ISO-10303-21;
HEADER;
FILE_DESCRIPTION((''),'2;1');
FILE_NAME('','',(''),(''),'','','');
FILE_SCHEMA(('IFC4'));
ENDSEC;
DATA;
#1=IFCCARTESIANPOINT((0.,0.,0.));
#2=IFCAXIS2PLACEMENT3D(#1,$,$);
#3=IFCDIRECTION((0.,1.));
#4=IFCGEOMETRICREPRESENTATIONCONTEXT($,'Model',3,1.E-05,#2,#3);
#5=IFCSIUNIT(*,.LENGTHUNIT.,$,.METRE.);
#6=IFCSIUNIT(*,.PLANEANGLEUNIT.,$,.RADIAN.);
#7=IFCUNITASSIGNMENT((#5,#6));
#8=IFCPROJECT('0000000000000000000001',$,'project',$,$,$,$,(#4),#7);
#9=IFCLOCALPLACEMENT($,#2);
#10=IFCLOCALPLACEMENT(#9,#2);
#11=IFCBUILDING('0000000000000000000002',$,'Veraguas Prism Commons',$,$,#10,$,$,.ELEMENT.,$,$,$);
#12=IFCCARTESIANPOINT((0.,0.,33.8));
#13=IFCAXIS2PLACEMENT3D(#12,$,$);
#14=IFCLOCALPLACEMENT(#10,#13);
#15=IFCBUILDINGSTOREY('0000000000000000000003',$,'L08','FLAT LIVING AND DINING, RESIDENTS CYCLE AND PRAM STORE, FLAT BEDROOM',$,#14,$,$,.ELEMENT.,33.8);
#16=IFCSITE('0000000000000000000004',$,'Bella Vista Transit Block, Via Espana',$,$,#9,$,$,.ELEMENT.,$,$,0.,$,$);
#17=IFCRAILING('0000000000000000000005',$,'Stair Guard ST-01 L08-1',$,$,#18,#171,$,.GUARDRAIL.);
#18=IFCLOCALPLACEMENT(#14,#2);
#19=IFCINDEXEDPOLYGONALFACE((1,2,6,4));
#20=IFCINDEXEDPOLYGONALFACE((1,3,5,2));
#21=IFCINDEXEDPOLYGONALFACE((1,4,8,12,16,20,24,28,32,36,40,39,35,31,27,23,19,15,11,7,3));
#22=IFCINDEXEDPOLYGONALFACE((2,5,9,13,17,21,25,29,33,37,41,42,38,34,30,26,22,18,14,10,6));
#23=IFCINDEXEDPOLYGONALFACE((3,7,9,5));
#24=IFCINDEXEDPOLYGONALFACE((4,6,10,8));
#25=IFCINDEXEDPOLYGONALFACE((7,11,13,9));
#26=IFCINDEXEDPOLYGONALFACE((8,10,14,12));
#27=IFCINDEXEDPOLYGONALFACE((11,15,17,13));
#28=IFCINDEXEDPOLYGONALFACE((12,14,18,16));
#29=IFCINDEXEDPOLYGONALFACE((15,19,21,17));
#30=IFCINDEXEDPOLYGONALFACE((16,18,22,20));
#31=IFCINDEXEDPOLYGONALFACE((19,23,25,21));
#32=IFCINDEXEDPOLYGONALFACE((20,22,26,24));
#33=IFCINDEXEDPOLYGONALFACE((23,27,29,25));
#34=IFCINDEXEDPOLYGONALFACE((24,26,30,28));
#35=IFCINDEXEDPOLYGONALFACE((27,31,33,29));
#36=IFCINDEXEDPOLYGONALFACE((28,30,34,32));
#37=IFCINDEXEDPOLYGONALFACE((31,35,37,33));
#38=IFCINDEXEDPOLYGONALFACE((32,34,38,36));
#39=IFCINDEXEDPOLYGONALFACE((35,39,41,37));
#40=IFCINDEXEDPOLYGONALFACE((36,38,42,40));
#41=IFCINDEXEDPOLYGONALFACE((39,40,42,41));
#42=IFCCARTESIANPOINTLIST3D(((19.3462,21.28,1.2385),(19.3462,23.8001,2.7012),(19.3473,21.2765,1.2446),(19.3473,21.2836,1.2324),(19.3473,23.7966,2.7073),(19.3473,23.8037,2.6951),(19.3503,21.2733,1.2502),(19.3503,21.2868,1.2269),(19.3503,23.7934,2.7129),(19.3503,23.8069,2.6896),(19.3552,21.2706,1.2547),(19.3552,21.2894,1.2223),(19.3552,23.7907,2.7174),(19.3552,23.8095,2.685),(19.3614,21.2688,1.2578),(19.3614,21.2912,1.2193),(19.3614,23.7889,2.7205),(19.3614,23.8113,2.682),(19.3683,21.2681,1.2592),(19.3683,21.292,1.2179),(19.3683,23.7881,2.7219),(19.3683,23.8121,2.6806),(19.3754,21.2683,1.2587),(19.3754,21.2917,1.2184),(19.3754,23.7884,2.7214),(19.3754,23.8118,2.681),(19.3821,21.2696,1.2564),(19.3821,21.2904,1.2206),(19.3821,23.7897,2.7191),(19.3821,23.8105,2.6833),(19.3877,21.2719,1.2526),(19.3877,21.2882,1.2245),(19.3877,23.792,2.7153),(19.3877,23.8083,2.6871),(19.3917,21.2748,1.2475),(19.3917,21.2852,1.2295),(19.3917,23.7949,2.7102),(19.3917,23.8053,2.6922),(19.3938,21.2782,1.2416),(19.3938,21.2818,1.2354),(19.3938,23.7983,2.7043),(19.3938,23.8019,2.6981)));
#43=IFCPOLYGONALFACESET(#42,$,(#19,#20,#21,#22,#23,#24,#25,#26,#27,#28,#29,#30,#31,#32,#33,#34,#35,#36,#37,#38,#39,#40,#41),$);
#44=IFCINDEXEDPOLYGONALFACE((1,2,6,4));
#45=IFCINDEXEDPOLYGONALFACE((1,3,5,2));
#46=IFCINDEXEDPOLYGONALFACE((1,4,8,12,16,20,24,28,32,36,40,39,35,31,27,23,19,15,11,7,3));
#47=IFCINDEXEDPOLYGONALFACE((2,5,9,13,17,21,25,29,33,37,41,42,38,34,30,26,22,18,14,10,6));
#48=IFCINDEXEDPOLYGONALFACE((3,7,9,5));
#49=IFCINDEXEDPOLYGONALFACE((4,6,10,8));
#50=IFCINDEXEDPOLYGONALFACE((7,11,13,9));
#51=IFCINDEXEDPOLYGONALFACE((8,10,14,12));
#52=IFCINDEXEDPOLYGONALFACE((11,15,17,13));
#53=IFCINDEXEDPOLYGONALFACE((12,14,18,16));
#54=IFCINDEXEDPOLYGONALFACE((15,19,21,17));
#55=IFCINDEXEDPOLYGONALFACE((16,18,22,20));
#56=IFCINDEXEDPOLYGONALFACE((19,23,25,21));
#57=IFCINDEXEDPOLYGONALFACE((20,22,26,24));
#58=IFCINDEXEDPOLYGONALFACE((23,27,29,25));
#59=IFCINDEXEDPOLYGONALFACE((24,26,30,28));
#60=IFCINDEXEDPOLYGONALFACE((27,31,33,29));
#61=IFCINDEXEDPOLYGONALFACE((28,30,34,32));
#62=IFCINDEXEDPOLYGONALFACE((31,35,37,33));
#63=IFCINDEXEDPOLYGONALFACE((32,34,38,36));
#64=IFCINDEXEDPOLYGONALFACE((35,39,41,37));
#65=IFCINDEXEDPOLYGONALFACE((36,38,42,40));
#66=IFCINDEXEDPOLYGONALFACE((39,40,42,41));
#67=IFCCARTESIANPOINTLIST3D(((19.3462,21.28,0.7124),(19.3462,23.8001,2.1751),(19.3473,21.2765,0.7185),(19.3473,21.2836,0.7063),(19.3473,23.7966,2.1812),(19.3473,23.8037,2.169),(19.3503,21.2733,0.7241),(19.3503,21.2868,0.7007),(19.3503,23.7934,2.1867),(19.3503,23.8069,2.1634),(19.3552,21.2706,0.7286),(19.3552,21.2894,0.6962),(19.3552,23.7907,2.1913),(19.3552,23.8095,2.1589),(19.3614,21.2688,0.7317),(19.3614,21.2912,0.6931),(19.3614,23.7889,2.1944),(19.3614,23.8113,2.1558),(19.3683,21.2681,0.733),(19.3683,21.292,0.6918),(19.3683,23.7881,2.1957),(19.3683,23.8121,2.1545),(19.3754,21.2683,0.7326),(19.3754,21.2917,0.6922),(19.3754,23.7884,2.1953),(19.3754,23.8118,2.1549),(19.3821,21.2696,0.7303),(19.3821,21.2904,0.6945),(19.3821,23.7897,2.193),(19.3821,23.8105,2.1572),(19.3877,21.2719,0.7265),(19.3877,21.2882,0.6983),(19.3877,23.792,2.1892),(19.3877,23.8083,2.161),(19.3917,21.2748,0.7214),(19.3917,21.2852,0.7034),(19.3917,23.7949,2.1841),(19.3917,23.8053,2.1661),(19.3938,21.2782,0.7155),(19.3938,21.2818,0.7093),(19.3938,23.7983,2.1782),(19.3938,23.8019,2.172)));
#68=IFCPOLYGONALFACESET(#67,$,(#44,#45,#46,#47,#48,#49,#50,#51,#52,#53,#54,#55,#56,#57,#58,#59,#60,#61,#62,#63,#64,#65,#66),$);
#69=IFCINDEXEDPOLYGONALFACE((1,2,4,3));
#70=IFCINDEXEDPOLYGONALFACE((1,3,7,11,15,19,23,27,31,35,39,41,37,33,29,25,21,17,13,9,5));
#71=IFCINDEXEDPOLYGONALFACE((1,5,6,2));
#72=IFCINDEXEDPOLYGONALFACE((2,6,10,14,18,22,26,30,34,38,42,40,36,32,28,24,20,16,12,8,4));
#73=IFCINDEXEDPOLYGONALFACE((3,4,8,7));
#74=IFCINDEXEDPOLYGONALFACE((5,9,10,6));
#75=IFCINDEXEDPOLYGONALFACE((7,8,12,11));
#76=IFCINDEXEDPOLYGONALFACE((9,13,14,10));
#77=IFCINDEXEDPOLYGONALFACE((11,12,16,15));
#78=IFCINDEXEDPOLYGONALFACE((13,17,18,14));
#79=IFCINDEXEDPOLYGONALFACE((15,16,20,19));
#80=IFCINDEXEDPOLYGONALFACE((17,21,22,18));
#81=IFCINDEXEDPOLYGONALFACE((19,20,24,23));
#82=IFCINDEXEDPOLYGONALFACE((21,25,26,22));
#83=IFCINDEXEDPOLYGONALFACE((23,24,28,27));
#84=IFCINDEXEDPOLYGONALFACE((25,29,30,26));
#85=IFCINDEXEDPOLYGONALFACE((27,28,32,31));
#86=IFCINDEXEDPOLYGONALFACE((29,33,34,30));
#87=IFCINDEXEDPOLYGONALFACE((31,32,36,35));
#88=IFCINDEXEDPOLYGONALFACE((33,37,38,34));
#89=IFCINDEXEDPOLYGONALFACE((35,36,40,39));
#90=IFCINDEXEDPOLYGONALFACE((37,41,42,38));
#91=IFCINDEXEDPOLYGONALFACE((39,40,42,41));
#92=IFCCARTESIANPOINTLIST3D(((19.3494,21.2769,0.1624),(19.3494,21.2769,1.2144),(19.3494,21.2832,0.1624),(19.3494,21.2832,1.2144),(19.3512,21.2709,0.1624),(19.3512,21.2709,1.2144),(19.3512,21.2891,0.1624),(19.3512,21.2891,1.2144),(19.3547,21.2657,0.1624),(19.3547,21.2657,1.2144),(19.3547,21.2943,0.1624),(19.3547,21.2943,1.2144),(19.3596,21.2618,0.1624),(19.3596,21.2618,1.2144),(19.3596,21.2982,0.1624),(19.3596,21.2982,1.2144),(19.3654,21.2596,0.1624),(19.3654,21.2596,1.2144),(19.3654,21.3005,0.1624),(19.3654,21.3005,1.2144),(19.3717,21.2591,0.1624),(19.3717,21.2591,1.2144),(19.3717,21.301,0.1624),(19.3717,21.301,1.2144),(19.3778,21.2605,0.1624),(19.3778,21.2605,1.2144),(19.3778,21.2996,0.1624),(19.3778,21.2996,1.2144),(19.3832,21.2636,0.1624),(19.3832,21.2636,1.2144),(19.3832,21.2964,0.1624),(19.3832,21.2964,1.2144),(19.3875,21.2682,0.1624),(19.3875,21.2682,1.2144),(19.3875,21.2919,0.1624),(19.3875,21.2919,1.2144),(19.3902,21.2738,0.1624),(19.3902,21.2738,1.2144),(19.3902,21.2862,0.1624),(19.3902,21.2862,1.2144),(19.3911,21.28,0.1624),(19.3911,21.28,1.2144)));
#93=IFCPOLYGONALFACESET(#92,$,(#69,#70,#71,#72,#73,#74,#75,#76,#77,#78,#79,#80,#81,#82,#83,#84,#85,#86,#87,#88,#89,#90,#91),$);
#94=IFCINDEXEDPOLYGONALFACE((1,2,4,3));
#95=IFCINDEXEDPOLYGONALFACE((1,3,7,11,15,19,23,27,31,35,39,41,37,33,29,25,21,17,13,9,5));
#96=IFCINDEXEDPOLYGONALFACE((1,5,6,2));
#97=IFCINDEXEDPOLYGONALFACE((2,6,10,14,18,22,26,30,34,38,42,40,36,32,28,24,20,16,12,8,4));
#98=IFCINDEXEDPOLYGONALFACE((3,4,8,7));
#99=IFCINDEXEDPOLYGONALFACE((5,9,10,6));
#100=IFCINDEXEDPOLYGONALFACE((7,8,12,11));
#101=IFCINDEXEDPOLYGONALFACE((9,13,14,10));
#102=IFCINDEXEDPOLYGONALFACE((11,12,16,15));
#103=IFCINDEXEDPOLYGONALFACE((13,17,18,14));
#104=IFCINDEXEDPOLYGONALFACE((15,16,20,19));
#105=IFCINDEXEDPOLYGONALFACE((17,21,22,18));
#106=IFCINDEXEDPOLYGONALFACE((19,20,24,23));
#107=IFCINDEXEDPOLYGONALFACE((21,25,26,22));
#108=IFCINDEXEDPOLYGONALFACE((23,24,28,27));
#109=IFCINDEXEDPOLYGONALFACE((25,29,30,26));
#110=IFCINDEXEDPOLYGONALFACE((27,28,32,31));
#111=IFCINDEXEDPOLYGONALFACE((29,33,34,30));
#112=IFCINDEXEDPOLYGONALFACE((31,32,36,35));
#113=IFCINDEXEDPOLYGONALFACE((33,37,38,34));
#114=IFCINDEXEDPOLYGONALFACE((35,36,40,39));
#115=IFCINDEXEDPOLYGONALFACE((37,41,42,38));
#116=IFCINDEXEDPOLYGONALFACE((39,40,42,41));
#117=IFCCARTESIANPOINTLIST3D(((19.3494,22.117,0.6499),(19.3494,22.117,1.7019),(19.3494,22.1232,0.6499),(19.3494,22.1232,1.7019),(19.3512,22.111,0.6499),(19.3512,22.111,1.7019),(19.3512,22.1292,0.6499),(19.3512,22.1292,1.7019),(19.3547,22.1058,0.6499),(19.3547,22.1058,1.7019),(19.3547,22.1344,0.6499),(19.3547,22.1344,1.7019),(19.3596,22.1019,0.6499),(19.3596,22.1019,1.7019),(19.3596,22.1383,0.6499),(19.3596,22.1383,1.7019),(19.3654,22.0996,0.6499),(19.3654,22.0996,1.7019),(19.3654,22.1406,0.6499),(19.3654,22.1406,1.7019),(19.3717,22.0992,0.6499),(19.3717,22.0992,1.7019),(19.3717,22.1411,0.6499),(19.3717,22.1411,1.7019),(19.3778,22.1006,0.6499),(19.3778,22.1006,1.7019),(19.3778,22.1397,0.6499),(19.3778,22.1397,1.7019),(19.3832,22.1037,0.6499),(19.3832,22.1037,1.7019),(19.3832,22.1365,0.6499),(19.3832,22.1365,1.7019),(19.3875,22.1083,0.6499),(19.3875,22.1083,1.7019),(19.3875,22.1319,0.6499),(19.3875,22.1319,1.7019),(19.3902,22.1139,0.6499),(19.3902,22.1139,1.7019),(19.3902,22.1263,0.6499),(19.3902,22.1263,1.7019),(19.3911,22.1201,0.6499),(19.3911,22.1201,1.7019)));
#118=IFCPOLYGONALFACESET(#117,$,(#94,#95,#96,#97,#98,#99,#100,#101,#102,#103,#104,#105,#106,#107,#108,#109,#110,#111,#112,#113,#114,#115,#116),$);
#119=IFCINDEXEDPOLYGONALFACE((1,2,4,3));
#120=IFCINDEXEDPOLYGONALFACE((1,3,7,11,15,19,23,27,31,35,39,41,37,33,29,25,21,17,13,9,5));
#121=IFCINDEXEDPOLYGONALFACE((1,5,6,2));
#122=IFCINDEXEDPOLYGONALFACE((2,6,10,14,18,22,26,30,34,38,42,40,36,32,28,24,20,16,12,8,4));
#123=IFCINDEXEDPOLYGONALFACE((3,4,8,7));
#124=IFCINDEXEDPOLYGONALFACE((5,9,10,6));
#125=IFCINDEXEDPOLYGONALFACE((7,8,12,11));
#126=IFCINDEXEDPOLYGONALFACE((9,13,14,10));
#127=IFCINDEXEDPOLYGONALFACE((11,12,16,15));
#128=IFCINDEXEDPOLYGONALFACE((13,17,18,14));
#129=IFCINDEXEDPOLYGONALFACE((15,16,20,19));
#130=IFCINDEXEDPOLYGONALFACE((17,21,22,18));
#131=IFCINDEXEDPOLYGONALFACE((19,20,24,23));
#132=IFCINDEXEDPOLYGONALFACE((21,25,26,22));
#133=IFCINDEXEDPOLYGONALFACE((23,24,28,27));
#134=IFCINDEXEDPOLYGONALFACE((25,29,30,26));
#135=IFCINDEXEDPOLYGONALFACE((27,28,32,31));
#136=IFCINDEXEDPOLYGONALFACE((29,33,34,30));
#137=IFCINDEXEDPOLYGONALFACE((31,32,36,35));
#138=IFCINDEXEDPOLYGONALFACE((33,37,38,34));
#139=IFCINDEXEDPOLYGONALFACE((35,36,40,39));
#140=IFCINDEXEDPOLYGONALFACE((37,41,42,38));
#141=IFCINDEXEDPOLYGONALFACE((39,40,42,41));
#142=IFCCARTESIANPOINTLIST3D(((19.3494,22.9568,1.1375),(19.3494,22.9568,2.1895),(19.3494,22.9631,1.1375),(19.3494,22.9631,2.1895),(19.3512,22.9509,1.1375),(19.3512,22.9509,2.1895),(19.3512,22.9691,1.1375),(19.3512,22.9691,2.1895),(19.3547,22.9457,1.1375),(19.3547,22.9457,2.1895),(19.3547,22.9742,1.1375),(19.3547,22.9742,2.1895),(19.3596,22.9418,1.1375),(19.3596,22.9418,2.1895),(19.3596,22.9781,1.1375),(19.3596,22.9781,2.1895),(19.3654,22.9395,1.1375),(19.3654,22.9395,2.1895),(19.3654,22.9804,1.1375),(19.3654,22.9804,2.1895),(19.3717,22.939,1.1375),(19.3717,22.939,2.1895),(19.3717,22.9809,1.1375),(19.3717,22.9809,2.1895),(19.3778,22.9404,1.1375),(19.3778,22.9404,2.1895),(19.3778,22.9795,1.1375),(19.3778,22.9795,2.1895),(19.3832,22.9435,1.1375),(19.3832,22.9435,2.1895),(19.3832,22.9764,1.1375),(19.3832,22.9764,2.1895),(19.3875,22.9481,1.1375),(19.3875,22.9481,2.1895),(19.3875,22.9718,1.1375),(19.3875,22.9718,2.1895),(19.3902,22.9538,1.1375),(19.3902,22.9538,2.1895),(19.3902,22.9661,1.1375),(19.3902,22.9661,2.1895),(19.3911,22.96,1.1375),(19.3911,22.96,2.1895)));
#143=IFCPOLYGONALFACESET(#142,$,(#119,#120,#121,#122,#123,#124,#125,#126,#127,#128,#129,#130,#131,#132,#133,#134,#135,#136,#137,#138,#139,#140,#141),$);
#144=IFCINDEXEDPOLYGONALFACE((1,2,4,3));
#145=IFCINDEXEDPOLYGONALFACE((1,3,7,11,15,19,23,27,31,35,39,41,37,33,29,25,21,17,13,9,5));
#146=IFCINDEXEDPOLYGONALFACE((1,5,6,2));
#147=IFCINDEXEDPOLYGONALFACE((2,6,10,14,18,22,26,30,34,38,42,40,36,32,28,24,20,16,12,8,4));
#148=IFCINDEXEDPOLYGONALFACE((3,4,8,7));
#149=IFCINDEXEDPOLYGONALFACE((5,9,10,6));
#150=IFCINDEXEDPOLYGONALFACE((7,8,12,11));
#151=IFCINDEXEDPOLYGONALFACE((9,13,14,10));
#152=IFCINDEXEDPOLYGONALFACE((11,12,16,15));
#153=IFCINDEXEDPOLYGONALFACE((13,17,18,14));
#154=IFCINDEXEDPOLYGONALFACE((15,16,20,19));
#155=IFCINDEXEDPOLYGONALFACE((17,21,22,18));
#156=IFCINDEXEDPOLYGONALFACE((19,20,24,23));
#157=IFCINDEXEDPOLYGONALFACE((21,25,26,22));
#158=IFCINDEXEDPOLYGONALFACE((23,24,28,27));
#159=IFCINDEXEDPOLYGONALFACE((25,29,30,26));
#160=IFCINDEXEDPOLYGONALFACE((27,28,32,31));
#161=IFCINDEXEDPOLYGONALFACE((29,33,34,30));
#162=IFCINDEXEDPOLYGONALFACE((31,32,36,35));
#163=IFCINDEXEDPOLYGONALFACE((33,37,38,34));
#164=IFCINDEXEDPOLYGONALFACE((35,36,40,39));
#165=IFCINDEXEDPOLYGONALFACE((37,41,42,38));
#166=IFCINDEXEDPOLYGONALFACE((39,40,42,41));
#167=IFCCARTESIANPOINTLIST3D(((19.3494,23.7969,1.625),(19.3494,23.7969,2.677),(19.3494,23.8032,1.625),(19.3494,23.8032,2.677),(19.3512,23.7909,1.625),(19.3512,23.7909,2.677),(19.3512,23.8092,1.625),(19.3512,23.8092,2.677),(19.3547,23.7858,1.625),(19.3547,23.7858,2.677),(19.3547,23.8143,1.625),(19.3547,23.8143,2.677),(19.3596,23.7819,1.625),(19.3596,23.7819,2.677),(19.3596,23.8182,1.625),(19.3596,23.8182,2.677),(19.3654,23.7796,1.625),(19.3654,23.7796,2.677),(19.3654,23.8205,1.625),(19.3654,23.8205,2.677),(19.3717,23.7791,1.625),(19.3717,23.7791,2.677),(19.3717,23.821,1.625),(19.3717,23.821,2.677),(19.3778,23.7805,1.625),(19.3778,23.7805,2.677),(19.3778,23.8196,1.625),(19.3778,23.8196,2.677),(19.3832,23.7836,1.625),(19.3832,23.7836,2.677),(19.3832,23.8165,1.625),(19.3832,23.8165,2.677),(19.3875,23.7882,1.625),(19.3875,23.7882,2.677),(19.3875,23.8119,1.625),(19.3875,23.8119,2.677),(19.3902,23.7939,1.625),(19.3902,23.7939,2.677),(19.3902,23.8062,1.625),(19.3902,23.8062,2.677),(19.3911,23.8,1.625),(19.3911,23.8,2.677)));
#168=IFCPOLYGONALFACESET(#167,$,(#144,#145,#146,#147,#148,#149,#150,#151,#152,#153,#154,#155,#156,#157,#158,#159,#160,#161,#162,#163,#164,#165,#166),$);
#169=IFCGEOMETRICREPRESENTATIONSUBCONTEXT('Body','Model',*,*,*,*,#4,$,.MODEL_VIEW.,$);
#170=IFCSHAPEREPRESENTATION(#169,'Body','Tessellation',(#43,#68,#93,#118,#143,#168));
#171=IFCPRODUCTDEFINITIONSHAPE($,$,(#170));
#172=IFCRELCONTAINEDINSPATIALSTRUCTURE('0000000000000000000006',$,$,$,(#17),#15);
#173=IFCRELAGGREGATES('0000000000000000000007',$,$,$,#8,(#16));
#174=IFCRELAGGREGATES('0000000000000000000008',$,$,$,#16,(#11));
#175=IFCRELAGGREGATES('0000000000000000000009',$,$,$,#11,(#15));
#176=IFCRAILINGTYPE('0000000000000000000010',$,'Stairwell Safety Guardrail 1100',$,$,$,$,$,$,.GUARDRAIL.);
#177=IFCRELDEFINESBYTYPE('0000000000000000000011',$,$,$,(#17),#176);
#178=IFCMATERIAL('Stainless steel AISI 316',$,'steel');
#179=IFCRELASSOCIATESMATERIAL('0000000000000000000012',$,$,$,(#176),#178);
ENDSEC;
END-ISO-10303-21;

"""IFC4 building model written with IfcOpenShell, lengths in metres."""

from ifc_helpers import new_model, si_unit, direction, frame, origin, origin_2d, place, context, subcontext, project, spatial, circle, extrude, material, type_object, element, save


model = new_model("IFC4")

# Units and contexts
model_context = context("Model", 3, precision=1e-05, world=origin(), true_north=direction((0.0, 1.0)))
body_context = subcontext(model_context, "Body", "Model", "MODEL_VIEW")
ifc_project = project(units=[si_unit("LENGTHUNIT", "METRE"), si_unit("PLANEANGLEUNIT", "RADIAN")], contexts=[model_context])

# Site, building, storey
site_placement = place(None, origin())
site = spatial("IfcSite", under=ifc_project, at=site_placement, Name="Bella Vista Transit Block, Via Espana", CompositionType="ELEMENT", RefElevation=0.0)
building_placement = place(site_placement, origin())
building = spatial("IfcBuilding", under=site, at=building_placement, Name="Veraguas Prism Commons", CompositionType="ELEMENT")
storey_placement = place(building_placement, frame((0.0, 0.0, 33.8)))
storey = spatial("IfcBuildingStorey", under=building, at=storey_placement, Name="L08", Description="FLAT LIVING AND DINING, RESIDENTS CYCLE AND PRAM STORE, FLAT BEDROOM", CompositionType="ELEMENT", Elevation=33.8)

# Railing
ifc_material_1 = material(Name="Stainless steel AISI 316", Category="steel")
railing_type_1 = type_object("IfcRailingType", Name="Stairwell Safety Guardrail 1100", PredefinedType="GUARDRAIL", material=ifc_material_1)
railing_1_placement = place(storey_placement, frame((19.3701, 21.28, 0.1624)))
element("IfcRailing", 1, at=railing_1_placement, inside=storey, type_object=railing_type_1, Name="Stair Guard ST-01 L08-1", PredefinedType="GUARDRAIL", context=body_context, shape_type="SweptSolid", body=[
    extrude(circle(Radius=0.0239, at=origin_2d()), frame((0.0, 0.0, 1.0762), z_axis=(0.0, 0.864877, 0.501984), x_axis=(-1.0, 0.0, 0.0)), (0.0, 0.0, 1.0), 2.9138),
    extrude(circle(Radius=0.0239, at=origin_2d()), frame((0.0, 0.0, 0.55), z_axis=(0.0, 0.864877, 0.501984), x_axis=(-1.0, 0.0, 0.0)), (0.0, 0.0, 1.0), 2.9138),
    extrude(circle(Radius=0.021, at=origin_2d()), origin(), (0.0, 0.0, 1.0), 1.052),
    extrude(circle(Radius=0.021, at=origin_2d()), frame((0.0, 0.8401, 0.4875)), (0.0, 0.0, 1.0), 1.052),
    extrude(circle(Radius=0.021, at=origin_2d()), frame((0.0, 1.6799, 0.9751)), (0.0, 0.0, 1.0), 1.052),
    extrude(circle(Radius=0.021, at=origin_2d()), frame((0.0, 2.52, 1.4626)), (0.0, 0.0, 1.0), 1.052),
])

save(model, "model.ifc")
